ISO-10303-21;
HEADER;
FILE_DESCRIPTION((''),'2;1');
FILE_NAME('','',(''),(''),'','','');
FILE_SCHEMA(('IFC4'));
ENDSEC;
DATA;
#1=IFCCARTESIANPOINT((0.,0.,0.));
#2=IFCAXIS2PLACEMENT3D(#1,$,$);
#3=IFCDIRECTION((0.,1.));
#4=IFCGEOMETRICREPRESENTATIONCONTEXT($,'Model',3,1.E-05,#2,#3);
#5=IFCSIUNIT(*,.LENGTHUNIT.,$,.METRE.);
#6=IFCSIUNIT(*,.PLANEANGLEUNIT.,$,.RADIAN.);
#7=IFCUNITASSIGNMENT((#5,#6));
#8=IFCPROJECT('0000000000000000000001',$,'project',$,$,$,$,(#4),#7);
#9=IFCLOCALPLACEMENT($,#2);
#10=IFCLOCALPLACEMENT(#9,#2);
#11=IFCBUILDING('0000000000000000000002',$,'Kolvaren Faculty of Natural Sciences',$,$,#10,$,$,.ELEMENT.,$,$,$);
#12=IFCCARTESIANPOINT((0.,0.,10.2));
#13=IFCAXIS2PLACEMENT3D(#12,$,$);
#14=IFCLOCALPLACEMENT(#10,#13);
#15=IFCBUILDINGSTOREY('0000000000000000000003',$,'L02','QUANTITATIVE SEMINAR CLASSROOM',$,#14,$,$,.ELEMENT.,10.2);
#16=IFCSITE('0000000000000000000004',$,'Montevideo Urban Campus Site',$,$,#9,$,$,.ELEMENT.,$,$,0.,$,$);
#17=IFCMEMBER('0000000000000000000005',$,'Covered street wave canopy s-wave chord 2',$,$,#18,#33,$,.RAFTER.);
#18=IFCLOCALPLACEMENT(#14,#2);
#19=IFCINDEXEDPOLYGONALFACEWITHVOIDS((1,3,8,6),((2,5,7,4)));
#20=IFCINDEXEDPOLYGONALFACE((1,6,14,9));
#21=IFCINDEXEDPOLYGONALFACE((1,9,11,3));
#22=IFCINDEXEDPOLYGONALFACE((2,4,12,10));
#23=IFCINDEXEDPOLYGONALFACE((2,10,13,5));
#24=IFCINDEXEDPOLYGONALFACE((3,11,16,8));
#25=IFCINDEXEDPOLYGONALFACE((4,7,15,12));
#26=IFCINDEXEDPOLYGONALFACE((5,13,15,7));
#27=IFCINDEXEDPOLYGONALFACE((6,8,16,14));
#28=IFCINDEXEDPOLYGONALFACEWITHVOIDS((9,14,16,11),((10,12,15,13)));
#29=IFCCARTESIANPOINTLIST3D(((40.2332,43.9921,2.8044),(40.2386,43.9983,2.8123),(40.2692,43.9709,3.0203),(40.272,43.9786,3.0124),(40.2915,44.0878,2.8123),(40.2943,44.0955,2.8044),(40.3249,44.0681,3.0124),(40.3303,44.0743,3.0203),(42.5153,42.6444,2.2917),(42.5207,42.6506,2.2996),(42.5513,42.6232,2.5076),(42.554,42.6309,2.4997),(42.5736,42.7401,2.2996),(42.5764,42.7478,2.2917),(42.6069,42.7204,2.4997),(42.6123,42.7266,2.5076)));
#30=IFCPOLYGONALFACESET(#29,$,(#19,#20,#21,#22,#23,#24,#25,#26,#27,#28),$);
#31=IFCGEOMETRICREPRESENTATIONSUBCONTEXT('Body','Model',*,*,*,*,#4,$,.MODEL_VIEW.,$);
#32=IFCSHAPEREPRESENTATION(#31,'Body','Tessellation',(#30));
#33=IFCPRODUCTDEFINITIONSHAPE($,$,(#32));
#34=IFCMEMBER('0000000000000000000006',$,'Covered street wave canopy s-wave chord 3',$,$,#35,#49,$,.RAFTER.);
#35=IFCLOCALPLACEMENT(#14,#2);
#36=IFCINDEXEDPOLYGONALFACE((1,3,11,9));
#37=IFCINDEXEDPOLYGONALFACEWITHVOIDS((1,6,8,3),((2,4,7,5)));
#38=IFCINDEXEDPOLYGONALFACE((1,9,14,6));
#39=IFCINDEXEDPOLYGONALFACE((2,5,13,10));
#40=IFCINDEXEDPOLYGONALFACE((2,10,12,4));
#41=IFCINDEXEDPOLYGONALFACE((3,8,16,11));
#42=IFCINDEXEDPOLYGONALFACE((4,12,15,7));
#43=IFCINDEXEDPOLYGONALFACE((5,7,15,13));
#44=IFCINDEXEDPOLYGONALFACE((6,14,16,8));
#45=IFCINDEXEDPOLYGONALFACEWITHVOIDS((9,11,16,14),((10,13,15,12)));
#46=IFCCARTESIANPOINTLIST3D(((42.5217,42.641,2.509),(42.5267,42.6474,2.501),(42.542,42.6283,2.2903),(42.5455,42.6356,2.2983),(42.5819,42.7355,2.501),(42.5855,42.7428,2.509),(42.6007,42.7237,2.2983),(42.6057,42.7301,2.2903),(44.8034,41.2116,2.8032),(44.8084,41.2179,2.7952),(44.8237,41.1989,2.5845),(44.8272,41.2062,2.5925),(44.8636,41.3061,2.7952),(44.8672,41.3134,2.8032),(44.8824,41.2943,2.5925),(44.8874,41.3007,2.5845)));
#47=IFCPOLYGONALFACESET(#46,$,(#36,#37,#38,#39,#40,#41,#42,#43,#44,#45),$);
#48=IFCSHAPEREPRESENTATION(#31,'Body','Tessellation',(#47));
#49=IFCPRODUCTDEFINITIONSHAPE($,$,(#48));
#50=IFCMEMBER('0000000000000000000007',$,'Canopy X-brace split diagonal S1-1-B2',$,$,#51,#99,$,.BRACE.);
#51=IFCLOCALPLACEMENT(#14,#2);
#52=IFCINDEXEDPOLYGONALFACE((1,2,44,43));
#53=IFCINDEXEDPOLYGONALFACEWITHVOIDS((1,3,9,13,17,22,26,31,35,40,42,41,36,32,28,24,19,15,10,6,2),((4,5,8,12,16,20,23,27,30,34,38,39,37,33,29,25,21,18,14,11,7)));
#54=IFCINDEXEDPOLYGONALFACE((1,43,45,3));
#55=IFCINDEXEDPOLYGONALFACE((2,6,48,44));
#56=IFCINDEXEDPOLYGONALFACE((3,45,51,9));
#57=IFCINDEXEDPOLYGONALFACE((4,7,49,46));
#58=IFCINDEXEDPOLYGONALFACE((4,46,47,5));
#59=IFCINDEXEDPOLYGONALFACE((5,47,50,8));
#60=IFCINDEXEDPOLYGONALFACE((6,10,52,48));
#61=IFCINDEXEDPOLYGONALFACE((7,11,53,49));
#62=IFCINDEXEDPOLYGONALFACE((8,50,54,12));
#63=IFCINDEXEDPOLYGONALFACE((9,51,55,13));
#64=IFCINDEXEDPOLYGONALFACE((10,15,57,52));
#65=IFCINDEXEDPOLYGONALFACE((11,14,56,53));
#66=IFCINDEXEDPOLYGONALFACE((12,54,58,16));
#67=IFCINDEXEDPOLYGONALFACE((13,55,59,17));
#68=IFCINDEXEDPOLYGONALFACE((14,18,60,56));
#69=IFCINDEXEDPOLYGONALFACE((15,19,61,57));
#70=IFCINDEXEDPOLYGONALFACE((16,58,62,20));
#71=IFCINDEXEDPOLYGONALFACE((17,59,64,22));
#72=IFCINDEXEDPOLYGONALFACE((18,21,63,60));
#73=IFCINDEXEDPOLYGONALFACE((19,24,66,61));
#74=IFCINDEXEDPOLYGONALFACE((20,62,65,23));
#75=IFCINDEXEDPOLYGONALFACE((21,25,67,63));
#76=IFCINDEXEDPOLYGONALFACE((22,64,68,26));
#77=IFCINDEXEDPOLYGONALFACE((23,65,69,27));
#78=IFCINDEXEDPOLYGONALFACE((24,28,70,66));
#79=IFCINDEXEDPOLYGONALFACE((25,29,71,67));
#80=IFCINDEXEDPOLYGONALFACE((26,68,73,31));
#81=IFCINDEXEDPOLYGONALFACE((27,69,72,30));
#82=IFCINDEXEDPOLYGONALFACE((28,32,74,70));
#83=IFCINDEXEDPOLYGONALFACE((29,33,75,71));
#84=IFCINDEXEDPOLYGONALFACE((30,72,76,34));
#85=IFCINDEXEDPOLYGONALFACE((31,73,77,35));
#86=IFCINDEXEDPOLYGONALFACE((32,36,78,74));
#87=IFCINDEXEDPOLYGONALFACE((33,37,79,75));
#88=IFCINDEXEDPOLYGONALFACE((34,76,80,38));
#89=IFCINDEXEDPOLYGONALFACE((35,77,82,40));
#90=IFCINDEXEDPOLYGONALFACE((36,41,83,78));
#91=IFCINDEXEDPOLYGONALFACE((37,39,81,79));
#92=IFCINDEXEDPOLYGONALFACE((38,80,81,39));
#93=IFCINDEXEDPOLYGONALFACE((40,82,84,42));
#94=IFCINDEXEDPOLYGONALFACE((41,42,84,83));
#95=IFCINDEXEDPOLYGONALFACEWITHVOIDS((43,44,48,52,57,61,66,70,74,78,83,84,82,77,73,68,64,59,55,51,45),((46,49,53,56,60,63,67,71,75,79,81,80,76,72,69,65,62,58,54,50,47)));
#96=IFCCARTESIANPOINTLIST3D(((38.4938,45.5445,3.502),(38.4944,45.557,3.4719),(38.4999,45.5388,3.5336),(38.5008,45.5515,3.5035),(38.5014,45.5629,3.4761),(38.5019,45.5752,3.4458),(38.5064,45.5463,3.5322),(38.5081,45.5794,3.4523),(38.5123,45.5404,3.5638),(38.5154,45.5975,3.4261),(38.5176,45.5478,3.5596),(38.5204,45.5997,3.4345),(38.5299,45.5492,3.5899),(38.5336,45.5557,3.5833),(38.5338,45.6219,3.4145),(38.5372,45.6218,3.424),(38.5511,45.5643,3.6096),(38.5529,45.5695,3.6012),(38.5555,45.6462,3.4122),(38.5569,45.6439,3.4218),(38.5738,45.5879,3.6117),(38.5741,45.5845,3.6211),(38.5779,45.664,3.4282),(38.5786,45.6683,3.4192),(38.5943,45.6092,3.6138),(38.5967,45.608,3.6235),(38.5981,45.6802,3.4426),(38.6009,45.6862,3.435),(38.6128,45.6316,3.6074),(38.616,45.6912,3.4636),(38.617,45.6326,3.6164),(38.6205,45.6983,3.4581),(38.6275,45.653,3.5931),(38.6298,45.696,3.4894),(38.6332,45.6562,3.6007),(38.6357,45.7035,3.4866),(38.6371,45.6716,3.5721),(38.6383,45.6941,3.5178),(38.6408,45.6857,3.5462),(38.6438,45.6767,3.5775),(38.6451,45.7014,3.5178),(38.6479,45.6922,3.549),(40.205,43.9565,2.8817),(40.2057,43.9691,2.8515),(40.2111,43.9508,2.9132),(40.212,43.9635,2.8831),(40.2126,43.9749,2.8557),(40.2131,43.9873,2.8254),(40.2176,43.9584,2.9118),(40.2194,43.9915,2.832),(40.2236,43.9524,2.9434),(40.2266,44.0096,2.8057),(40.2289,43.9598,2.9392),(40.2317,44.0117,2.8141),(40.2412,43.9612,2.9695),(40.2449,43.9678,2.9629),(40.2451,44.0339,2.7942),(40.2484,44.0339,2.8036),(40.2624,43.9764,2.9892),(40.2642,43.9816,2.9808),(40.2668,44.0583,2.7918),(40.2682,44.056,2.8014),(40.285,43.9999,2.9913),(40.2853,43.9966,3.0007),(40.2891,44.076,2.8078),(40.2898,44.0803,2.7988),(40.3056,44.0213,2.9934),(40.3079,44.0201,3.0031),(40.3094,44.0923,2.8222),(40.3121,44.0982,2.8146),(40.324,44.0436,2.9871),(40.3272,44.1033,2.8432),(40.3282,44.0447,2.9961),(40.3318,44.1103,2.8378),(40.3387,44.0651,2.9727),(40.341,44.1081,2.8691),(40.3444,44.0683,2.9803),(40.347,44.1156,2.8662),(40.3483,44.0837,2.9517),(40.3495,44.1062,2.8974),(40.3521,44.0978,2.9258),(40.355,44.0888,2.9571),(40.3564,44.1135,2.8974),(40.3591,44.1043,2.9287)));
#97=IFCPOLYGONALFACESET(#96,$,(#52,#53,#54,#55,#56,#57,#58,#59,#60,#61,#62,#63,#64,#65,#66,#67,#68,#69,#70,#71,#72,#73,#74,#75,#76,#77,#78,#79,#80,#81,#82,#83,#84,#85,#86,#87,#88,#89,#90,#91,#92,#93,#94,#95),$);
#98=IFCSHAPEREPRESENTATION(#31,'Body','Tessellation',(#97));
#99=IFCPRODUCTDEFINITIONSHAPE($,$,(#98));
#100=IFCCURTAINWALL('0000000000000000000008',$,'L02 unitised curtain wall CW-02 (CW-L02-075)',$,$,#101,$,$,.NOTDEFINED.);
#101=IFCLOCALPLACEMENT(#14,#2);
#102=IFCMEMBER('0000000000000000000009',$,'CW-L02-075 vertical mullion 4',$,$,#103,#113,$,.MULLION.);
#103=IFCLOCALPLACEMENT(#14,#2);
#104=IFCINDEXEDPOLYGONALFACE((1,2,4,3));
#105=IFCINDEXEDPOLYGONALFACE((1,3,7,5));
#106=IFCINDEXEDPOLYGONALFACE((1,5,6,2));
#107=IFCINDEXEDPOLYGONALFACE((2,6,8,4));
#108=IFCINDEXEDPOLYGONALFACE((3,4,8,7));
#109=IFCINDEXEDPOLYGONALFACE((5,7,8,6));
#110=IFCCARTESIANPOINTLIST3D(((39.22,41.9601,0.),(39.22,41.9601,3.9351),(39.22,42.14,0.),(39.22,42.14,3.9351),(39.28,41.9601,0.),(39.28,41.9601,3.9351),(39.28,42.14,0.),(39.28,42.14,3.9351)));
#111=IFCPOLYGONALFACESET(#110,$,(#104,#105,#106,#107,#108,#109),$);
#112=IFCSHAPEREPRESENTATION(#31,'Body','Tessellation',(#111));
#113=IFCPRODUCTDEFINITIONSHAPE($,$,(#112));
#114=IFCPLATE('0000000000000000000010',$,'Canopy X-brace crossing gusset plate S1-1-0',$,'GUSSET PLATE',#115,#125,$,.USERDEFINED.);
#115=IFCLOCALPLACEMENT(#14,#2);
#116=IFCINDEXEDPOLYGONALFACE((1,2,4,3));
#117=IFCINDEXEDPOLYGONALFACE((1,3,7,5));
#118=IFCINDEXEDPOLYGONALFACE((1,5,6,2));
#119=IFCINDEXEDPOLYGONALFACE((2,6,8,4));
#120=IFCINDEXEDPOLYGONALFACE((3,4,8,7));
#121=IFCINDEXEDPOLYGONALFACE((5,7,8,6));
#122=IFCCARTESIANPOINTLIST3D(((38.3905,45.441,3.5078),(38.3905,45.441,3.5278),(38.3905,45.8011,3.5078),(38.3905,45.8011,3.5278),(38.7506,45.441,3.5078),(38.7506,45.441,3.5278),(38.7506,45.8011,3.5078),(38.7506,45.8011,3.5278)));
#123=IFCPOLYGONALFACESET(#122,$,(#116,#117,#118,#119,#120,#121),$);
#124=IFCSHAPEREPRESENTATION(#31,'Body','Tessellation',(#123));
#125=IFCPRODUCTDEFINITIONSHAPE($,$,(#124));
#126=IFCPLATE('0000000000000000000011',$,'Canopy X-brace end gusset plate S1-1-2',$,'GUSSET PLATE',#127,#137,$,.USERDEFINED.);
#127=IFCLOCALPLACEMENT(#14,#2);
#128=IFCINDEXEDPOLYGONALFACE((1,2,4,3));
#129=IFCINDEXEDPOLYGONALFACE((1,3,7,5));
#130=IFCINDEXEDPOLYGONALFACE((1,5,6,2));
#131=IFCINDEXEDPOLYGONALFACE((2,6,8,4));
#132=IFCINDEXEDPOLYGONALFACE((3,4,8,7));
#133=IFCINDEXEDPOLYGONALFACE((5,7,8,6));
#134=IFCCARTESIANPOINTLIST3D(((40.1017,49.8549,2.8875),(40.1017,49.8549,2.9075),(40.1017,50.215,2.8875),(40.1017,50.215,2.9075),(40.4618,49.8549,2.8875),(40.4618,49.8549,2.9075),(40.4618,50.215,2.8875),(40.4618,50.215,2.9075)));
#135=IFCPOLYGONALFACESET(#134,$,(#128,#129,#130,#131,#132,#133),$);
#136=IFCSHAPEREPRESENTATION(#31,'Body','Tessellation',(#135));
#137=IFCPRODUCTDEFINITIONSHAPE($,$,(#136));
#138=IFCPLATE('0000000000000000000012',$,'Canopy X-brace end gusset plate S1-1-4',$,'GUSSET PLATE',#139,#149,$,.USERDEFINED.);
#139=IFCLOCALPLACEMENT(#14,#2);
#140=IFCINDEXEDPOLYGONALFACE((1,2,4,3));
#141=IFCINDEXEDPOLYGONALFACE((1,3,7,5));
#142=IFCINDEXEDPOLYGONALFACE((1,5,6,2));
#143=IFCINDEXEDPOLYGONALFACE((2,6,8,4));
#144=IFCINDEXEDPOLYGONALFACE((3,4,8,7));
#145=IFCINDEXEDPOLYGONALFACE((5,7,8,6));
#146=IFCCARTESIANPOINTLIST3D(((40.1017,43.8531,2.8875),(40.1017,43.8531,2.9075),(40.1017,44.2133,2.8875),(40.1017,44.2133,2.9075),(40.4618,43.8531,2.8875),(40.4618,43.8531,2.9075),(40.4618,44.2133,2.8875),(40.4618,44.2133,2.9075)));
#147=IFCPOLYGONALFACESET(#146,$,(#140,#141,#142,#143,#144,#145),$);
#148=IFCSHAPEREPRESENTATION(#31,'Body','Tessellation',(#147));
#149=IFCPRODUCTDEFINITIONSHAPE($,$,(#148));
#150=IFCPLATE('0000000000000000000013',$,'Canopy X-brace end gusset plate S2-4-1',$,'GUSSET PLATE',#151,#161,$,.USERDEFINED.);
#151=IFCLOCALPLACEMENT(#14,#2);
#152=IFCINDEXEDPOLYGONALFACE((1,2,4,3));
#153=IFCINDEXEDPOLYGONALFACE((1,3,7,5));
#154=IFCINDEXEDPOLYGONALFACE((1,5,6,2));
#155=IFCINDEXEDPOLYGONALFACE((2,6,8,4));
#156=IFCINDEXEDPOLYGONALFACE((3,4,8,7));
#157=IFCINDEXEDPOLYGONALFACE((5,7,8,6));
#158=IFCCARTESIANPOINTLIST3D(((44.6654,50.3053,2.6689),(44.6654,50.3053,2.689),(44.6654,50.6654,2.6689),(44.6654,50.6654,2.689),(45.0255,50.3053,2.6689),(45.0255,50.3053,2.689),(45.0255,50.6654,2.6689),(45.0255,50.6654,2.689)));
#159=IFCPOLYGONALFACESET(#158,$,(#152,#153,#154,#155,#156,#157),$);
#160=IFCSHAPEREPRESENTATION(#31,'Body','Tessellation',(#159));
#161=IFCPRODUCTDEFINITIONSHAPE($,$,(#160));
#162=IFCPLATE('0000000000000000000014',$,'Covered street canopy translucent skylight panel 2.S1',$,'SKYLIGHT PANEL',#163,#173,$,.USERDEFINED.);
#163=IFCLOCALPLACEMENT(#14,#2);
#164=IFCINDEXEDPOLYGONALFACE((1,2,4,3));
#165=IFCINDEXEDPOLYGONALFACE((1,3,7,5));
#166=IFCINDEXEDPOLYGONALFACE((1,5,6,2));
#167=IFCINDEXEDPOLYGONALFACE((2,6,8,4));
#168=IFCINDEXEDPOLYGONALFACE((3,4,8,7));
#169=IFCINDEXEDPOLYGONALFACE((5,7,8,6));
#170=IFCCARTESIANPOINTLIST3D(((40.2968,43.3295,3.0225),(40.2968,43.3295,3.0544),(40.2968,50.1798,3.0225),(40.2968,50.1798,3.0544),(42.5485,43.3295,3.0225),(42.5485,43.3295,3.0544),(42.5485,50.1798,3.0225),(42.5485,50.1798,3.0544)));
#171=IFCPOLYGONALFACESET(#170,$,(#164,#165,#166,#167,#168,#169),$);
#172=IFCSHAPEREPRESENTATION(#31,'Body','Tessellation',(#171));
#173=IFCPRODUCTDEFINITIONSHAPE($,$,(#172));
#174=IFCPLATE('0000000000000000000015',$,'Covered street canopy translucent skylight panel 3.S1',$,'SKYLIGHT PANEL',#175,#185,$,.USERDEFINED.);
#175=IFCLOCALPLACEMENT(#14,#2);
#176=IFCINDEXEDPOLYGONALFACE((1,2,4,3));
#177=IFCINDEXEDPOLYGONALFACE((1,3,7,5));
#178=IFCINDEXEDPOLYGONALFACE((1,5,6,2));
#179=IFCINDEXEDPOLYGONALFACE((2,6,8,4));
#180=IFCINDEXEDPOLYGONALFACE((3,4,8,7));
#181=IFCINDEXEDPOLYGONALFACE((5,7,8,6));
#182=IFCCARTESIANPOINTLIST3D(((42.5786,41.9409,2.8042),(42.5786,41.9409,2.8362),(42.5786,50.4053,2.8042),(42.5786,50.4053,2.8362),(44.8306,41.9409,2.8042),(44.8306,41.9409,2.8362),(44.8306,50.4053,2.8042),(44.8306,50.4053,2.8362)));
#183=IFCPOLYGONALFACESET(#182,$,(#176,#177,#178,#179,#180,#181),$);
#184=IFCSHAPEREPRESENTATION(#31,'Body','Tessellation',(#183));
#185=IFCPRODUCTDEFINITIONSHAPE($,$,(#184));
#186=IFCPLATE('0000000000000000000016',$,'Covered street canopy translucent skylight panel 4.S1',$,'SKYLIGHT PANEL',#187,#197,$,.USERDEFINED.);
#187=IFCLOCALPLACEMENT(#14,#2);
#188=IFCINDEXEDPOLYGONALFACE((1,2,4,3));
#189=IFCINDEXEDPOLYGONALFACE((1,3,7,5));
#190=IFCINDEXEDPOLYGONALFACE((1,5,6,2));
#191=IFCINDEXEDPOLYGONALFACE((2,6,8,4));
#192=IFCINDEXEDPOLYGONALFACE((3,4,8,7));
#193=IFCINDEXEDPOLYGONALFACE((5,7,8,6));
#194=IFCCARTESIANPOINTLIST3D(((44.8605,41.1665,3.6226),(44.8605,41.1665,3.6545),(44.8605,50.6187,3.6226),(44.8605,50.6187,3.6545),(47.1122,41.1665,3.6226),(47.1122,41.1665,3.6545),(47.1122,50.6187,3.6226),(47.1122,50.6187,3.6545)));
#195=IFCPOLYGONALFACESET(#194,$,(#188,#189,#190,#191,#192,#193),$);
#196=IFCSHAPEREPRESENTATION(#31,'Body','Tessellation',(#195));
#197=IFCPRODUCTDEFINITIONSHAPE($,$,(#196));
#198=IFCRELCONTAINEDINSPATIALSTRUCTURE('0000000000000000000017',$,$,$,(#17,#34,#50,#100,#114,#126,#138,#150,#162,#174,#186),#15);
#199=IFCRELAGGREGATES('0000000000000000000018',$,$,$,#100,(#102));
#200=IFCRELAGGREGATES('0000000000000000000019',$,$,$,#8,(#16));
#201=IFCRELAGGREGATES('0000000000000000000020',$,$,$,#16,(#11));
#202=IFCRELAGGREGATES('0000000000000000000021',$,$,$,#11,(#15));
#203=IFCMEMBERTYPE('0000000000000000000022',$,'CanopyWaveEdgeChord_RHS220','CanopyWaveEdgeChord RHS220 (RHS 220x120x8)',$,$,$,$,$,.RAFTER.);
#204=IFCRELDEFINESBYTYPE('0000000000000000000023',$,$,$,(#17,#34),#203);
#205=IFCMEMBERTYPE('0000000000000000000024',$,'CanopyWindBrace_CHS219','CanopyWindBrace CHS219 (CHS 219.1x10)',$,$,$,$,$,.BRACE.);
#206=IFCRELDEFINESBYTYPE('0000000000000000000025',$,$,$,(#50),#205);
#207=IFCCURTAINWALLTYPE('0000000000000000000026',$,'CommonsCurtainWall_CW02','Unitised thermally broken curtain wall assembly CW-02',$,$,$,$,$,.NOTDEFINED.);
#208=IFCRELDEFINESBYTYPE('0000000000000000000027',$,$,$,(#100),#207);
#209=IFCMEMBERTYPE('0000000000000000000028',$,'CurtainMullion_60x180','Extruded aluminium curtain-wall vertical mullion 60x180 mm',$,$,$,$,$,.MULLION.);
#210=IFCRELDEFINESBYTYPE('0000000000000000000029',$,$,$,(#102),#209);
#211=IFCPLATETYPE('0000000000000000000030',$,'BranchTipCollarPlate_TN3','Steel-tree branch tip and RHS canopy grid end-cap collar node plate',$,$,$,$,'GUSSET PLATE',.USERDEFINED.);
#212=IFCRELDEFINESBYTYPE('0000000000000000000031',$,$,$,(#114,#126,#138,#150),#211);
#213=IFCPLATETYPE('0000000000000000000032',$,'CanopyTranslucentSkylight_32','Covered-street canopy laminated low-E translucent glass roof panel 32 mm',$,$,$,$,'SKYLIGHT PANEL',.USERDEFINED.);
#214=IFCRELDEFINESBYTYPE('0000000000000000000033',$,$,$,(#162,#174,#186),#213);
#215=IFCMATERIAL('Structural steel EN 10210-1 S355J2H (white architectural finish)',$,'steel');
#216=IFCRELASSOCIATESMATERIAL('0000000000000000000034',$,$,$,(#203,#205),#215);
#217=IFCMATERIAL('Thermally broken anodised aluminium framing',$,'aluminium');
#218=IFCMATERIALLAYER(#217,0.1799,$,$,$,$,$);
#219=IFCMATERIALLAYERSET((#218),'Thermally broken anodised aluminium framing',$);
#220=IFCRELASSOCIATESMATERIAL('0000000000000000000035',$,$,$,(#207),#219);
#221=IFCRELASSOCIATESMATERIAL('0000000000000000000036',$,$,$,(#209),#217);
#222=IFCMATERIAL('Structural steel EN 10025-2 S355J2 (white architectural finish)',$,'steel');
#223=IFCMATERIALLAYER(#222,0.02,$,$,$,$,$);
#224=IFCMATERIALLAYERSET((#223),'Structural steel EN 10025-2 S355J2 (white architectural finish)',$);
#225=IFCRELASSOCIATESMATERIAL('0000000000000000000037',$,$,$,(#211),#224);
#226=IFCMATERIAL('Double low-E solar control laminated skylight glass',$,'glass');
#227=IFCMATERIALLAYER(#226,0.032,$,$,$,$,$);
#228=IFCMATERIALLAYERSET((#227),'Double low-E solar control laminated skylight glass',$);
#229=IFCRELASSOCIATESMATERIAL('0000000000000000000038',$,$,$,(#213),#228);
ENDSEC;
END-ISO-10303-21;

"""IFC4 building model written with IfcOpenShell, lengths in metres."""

from ifc_helpers import new_model, si_unit, direction, frame, origin, origin_2d, place, context, subcontext, project, spatial, rectangle, hollow_rectangle, hollow_circle, extrude, material, layer, layer_set, material_profile, profile_set, type_object, element, aggregate, save


model = new_model("IFC4")

# Units and contexts
model_context = context("Model", 3, precision=1e-05, world=origin(), true_north=direction((0.0, 1.0)))
body_context = subcontext(model_context, "Body", "Model", "MODEL_VIEW")
ifc_project = project(units=[si_unit("LENGTHUNIT", "METRE"), si_unit("PLANEANGLEUNIT", "RADIAN")], contexts=[model_context])

# Site, building, storey
site_placement = place(None, origin())
site = spatial("IfcSite", under=ifc_project, at=site_placement, Name="Montevideo Urban Campus Site", CompositionType="ELEMENT", RefElevation=0.0)
building_placement = place(site_placement, origin())
building = spatial("IfcBuilding", under=site, at=building_placement, Name="Kolvaren Faculty of Natural Sciences", CompositionType="ELEMENT")
storey_placement = place(building_placement, frame((0.0, 0.0, 10.2)))
storey = spatial("IfcBuildingStorey", under=building, at=storey_placement, Name="L02", Description="QUANTITATIVE SEMINAR CLASSROOM", CompositionType="ELEMENT", Elevation=10.2)

# Members
ifc_material_1 = material(Name="Structural steel EN 10210-1 S355J2H (white architectural finish)", Category="steel")
ifc_material_profile_1 = material_profile(ifc_material_1, hollow_rectangle(XDim=0.1201, YDim=0.22, WallThickness=0.0081, at=origin_2d()), Name="RHS 220x120x8")
ifc_profile_set_1 = profile_set([ifc_material_profile_1], Name="Structural steel EN 10210-1 S355J2H (white architectural finish)")
member_type_1 = type_object("IfcMemberType", Name="CanopyWaveEdgeChord_RHS220", Description="CanopyWaveEdgeChord RHS220 (RHS 220x120x8)", PredefinedType="RAFTER", material=ifc_profile_set_1)
member_1_placement = place(storey_placement, frame((40.2817, 44.0332, 2.9124), z_axis=(0.845383, -0.499253, -0.189933), x_axis=(0.508509, 0.861057, 0.0)))
element("IfcMember", 1, at=member_1_placement, inside=storey, type_object=member_type_1, Name="Covered street wave canopy s-wave chord 2", PredefinedType="RAFTER", context=body_context, shape_type="SweptSolid", body=[
    extrude(hollow_rectangle(XDim=0.1201, YDim=0.22, WallThickness=0.0081, at=origin_2d()), origin(), (0.0, 0.0, 1.0), 2.6995),
])
member_2_placement = place(storey_placement, frame((42.5637, 42.6855, 2.3997), z_axis=(0.842424, -0.527754, 0.108616), x_axis=(0.530895, 0.847437, 0.0)))
element("IfcMember", 2, at=member_2_placement, inside=storey, type_object=member_type_1, Name="Covered street wave canopy s-wave chord 3", PredefinedType="RAFTER", context=body_context, shape_type="SweptSolid", body=[
    extrude(hollow_rectangle(XDim=0.1201, YDim=0.22, WallThickness=0.0081, at=origin_2d()), origin(), (0.0, 0.0, 1.0), 2.7085),
])
ifc_material_profile_2 = material_profile(ifc_material_1, hollow_circle(Radius=0.1096, WallThickness=0.01, at=origin_2d()), Name="CHS 219.1x10")
ifc_profile_set_2 = profile_set([ifc_material_profile_2], Name="Structural steel EN 10210-1 S355J2H (white architectural finish)")
member_type_2 = type_object("IfcMemberType", Name="CanopyWindBrace_CHS219", Description="CanopyWindBrace CHS219 (CHS 219.1x10)", PredefinedType="BRACE", material=ifc_profile_set_2)
member_3_placement = place(storey_placement, frame((38.5706, 45.6211, 3.5178), z_axis=(0.708433, -0.65739, -0.256831), x_axis=(0.680206, 0.733021, 0.0)))
element("IfcMember", 3, at=member_3_placement, inside=storey, type_object=member_type_2, Name="Canopy X-brace split diagonal S1-1-B2", PredefinedType="BRACE", context=body_context, shape_type="SweptSolid", body=[
    extrude(hollow_circle(Radius=0.1096, WallThickness=0.01, at=origin_2d()), origin(), (0.0, 0.0, 1.0), 2.4155),
])

# Curtain wall, member
ifc_material_2 = material(Name="Thermally broken anodised aluminium framing", Category="aluminium")
ifc_layer_1 = layer(ifc_material_2, 0.1799)
ifc_layer_set_1 = layer_set([ifc_layer_1], Name="Thermally broken anodised aluminium framing")
curtain_wall_type = type_object("IfcCurtainWallType", Name="CommonsCurtainWall_CW02", Description="Unitised thermally broken curtain wall assembly CW-02", PredefinedType="NOTDEFINED", material=ifc_layer_set_1)
curtain_wall_placement = place(storey_placement, origin())
curtain_wall = element("IfcCurtainWall", 4, at=curtain_wall_placement, inside=storey, type_object=curtain_wall_type, Name="L02 unitised curtain wall CW-02 (CW-L02-075)", PredefinedType="NOTDEFINED")
ifc_material_profile_3 = material_profile(ifc_material_2, rectangle(XDim=0.0601, YDim=0.1799, at=origin_2d()), Name="ALU MUL 60x180")
ifc_profile_set_3 = profile_set([ifc_material_profile_3], Name="Thermally broken anodised aluminium framing")
member_type_3 = type_object("IfcMemberType", Name="CurtainMullion_60x180", Description="Extruded aluminium curtain-wall vertical mullion 60x180 mm", PredefinedType="MULLION", material=ifc_profile_set_3)
member_4_placement = place(storey_placement, frame((39.25, 42.05, 0.0), z_axis=(0.0, 0.0, 1.0), x_axis=(1.0, 0.0, 0.0)))
member_4 = element("IfcMember", 5, at=member_4_placement, type_object=member_type_3, Name="CW-L02-075 vertical mullion 4", PredefinedType="MULLION", context=body_context, shape_type="SweptSolid", body=[
    extrude(rectangle(XDim=0.0601, YDim=0.1799, at=origin_2d()), origin(), (0.0, 0.0, 1.0), 3.9351),
])

# Plates
ifc_material_3 = material(Name="Structural steel EN 10025-2 S355J2 (white architectural finish)", Category="steel")
ifc_layer_2 = layer(ifc_material_3, 0.02)
ifc_layer_set_2 = layer_set([ifc_layer_2], Name="Structural steel EN 10025-2 S355J2 (white architectural finish)")
plate_type_1 = type_object("IfcPlateType", Name="BranchTipCollarPlate_TN3", Description="Steel-tree branch tip and RHS canopy grid end-cap collar node plate", ElementType="GUSSET PLATE", PredefinedType="USERDEFINED", material=ifc_layer_set_2)
for number, where, z_axis, x_axis, name in (
    (6, (38.5706, 45.6211, 3.5078), (0.0, 0.0, 1.0), (1.0, 0.0, 0.0), "Canopy X-brace crossing gusset plate S1-1-0"),
    (7, (40.2817, 50.0349, 2.8875), (0.0, 0.0, 1.0), (1.0, 0.0, 0.0), "Canopy X-brace end gusset plate S1-1-2"),
    (8, (40.2817, 44.0332, 2.8875), (0.0, 0.0, 1.0), (1.0, 0.0, 0.0), "Canopy X-brace end gusset plate S1-1-4"),
    (9, (44.8455, 50.4854, 2.6689), (0.0, 0.0, 1.0), (1.0, 0.0, 0.0), "Canopy X-brace end gusset plate S2-4-1"),
):
    element("IfcPlate", number, at=place(storey_placement, frame(where, z_axis=z_axis, x_axis=x_axis)), inside=storey, type_object=plate_type_1, Name=name, ObjectType="GUSSET PLATE", PredefinedType="USERDEFINED", context=body_context, shape_type="SweptSolid", body=[
        extrude(rectangle(XDim=0.3601, YDim=0.3601, at=origin_2d()), origin(), (0.0, 0.0, 1.0), 0.02),
    ])
ifc_material_4 = material(Name="Double low-E solar control laminated skylight glass", Category="glass")
ifc_layer_3 = layer(ifc_material_4, 0.032)
ifc_layer_set_3 = layer_set([ifc_layer_3], Name="Double low-E solar control laminated skylight glass")
plate_type_2 = type_object("IfcPlateType", Name="CanopyTranslucentSkylight_32", Description="Covered-street canopy laminated low-E translucent glass roof panel 32 mm", ElementType="SKYLIGHT PANEL", PredefinedType="USERDEFINED", material=ifc_layer_set_3)
plate_1_placement = place(storey_placement, frame((41.4226, 46.7546, 3.0225), z_axis=(0.0, 0.0, 1.0), x_axis=(1.0, 0.0, 0.0)))
element("IfcPlate", 10, at=plate_1_placement, inside=storey, type_object=plate_type_2, Name="Covered street canopy translucent skylight panel 2.S1", ObjectType="SKYLIGHT PANEL", PredefinedType="USERDEFINED", context=body_context, shape_type="SweptSolid", body=[
    extrude(rectangle(XDim=2.2517, YDim=6.8503, at=origin_2d()), origin(), (0.0, 0.0, 1.0), 0.032),
])
plate_2_placement = place(storey_placement, frame((43.7046, 46.1731, 2.8042), z_axis=(0.0, 0.0, 1.0), x_axis=(1.0, 0.0, 0.0)))
element("IfcPlate", 11, at=plate_2_placement, inside=storey, type_object=plate_type_2, Name="Covered street canopy translucent skylight panel 3.S1", ObjectType="SKYLIGHT PANEL", PredefinedType="USERDEFINED", context=body_context, shape_type="SweptSolid", body=[
    extrude(rectangle(XDim=2.252, YDim=8.4644, at=origin_2d()), origin(), (0.0, 0.0, 1.0), 0.032),
])
plate_3_placement = place(storey_placement, frame((45.9863, 45.8926, 3.6226), z_axis=(0.0, 0.0, 1.0), x_axis=(1.0, 0.0, 0.0)))
element("IfcPlate", 12, at=plate_3_placement, inside=storey, type_object=plate_type_2, Name="Covered street canopy translucent skylight panel 4.S1", ObjectType="SKYLIGHT PANEL", PredefinedType="USERDEFINED", context=body_context, shape_type="SweptSolid", body=[
    extrude(rectangle(XDim=2.2517, YDim=9.4521, at=origin_2d()), origin(), (0.0, 0.0, 1.0), 0.032),
])

aggregate(curtain_wall, [member_4])

save(model, "model.ifc")
